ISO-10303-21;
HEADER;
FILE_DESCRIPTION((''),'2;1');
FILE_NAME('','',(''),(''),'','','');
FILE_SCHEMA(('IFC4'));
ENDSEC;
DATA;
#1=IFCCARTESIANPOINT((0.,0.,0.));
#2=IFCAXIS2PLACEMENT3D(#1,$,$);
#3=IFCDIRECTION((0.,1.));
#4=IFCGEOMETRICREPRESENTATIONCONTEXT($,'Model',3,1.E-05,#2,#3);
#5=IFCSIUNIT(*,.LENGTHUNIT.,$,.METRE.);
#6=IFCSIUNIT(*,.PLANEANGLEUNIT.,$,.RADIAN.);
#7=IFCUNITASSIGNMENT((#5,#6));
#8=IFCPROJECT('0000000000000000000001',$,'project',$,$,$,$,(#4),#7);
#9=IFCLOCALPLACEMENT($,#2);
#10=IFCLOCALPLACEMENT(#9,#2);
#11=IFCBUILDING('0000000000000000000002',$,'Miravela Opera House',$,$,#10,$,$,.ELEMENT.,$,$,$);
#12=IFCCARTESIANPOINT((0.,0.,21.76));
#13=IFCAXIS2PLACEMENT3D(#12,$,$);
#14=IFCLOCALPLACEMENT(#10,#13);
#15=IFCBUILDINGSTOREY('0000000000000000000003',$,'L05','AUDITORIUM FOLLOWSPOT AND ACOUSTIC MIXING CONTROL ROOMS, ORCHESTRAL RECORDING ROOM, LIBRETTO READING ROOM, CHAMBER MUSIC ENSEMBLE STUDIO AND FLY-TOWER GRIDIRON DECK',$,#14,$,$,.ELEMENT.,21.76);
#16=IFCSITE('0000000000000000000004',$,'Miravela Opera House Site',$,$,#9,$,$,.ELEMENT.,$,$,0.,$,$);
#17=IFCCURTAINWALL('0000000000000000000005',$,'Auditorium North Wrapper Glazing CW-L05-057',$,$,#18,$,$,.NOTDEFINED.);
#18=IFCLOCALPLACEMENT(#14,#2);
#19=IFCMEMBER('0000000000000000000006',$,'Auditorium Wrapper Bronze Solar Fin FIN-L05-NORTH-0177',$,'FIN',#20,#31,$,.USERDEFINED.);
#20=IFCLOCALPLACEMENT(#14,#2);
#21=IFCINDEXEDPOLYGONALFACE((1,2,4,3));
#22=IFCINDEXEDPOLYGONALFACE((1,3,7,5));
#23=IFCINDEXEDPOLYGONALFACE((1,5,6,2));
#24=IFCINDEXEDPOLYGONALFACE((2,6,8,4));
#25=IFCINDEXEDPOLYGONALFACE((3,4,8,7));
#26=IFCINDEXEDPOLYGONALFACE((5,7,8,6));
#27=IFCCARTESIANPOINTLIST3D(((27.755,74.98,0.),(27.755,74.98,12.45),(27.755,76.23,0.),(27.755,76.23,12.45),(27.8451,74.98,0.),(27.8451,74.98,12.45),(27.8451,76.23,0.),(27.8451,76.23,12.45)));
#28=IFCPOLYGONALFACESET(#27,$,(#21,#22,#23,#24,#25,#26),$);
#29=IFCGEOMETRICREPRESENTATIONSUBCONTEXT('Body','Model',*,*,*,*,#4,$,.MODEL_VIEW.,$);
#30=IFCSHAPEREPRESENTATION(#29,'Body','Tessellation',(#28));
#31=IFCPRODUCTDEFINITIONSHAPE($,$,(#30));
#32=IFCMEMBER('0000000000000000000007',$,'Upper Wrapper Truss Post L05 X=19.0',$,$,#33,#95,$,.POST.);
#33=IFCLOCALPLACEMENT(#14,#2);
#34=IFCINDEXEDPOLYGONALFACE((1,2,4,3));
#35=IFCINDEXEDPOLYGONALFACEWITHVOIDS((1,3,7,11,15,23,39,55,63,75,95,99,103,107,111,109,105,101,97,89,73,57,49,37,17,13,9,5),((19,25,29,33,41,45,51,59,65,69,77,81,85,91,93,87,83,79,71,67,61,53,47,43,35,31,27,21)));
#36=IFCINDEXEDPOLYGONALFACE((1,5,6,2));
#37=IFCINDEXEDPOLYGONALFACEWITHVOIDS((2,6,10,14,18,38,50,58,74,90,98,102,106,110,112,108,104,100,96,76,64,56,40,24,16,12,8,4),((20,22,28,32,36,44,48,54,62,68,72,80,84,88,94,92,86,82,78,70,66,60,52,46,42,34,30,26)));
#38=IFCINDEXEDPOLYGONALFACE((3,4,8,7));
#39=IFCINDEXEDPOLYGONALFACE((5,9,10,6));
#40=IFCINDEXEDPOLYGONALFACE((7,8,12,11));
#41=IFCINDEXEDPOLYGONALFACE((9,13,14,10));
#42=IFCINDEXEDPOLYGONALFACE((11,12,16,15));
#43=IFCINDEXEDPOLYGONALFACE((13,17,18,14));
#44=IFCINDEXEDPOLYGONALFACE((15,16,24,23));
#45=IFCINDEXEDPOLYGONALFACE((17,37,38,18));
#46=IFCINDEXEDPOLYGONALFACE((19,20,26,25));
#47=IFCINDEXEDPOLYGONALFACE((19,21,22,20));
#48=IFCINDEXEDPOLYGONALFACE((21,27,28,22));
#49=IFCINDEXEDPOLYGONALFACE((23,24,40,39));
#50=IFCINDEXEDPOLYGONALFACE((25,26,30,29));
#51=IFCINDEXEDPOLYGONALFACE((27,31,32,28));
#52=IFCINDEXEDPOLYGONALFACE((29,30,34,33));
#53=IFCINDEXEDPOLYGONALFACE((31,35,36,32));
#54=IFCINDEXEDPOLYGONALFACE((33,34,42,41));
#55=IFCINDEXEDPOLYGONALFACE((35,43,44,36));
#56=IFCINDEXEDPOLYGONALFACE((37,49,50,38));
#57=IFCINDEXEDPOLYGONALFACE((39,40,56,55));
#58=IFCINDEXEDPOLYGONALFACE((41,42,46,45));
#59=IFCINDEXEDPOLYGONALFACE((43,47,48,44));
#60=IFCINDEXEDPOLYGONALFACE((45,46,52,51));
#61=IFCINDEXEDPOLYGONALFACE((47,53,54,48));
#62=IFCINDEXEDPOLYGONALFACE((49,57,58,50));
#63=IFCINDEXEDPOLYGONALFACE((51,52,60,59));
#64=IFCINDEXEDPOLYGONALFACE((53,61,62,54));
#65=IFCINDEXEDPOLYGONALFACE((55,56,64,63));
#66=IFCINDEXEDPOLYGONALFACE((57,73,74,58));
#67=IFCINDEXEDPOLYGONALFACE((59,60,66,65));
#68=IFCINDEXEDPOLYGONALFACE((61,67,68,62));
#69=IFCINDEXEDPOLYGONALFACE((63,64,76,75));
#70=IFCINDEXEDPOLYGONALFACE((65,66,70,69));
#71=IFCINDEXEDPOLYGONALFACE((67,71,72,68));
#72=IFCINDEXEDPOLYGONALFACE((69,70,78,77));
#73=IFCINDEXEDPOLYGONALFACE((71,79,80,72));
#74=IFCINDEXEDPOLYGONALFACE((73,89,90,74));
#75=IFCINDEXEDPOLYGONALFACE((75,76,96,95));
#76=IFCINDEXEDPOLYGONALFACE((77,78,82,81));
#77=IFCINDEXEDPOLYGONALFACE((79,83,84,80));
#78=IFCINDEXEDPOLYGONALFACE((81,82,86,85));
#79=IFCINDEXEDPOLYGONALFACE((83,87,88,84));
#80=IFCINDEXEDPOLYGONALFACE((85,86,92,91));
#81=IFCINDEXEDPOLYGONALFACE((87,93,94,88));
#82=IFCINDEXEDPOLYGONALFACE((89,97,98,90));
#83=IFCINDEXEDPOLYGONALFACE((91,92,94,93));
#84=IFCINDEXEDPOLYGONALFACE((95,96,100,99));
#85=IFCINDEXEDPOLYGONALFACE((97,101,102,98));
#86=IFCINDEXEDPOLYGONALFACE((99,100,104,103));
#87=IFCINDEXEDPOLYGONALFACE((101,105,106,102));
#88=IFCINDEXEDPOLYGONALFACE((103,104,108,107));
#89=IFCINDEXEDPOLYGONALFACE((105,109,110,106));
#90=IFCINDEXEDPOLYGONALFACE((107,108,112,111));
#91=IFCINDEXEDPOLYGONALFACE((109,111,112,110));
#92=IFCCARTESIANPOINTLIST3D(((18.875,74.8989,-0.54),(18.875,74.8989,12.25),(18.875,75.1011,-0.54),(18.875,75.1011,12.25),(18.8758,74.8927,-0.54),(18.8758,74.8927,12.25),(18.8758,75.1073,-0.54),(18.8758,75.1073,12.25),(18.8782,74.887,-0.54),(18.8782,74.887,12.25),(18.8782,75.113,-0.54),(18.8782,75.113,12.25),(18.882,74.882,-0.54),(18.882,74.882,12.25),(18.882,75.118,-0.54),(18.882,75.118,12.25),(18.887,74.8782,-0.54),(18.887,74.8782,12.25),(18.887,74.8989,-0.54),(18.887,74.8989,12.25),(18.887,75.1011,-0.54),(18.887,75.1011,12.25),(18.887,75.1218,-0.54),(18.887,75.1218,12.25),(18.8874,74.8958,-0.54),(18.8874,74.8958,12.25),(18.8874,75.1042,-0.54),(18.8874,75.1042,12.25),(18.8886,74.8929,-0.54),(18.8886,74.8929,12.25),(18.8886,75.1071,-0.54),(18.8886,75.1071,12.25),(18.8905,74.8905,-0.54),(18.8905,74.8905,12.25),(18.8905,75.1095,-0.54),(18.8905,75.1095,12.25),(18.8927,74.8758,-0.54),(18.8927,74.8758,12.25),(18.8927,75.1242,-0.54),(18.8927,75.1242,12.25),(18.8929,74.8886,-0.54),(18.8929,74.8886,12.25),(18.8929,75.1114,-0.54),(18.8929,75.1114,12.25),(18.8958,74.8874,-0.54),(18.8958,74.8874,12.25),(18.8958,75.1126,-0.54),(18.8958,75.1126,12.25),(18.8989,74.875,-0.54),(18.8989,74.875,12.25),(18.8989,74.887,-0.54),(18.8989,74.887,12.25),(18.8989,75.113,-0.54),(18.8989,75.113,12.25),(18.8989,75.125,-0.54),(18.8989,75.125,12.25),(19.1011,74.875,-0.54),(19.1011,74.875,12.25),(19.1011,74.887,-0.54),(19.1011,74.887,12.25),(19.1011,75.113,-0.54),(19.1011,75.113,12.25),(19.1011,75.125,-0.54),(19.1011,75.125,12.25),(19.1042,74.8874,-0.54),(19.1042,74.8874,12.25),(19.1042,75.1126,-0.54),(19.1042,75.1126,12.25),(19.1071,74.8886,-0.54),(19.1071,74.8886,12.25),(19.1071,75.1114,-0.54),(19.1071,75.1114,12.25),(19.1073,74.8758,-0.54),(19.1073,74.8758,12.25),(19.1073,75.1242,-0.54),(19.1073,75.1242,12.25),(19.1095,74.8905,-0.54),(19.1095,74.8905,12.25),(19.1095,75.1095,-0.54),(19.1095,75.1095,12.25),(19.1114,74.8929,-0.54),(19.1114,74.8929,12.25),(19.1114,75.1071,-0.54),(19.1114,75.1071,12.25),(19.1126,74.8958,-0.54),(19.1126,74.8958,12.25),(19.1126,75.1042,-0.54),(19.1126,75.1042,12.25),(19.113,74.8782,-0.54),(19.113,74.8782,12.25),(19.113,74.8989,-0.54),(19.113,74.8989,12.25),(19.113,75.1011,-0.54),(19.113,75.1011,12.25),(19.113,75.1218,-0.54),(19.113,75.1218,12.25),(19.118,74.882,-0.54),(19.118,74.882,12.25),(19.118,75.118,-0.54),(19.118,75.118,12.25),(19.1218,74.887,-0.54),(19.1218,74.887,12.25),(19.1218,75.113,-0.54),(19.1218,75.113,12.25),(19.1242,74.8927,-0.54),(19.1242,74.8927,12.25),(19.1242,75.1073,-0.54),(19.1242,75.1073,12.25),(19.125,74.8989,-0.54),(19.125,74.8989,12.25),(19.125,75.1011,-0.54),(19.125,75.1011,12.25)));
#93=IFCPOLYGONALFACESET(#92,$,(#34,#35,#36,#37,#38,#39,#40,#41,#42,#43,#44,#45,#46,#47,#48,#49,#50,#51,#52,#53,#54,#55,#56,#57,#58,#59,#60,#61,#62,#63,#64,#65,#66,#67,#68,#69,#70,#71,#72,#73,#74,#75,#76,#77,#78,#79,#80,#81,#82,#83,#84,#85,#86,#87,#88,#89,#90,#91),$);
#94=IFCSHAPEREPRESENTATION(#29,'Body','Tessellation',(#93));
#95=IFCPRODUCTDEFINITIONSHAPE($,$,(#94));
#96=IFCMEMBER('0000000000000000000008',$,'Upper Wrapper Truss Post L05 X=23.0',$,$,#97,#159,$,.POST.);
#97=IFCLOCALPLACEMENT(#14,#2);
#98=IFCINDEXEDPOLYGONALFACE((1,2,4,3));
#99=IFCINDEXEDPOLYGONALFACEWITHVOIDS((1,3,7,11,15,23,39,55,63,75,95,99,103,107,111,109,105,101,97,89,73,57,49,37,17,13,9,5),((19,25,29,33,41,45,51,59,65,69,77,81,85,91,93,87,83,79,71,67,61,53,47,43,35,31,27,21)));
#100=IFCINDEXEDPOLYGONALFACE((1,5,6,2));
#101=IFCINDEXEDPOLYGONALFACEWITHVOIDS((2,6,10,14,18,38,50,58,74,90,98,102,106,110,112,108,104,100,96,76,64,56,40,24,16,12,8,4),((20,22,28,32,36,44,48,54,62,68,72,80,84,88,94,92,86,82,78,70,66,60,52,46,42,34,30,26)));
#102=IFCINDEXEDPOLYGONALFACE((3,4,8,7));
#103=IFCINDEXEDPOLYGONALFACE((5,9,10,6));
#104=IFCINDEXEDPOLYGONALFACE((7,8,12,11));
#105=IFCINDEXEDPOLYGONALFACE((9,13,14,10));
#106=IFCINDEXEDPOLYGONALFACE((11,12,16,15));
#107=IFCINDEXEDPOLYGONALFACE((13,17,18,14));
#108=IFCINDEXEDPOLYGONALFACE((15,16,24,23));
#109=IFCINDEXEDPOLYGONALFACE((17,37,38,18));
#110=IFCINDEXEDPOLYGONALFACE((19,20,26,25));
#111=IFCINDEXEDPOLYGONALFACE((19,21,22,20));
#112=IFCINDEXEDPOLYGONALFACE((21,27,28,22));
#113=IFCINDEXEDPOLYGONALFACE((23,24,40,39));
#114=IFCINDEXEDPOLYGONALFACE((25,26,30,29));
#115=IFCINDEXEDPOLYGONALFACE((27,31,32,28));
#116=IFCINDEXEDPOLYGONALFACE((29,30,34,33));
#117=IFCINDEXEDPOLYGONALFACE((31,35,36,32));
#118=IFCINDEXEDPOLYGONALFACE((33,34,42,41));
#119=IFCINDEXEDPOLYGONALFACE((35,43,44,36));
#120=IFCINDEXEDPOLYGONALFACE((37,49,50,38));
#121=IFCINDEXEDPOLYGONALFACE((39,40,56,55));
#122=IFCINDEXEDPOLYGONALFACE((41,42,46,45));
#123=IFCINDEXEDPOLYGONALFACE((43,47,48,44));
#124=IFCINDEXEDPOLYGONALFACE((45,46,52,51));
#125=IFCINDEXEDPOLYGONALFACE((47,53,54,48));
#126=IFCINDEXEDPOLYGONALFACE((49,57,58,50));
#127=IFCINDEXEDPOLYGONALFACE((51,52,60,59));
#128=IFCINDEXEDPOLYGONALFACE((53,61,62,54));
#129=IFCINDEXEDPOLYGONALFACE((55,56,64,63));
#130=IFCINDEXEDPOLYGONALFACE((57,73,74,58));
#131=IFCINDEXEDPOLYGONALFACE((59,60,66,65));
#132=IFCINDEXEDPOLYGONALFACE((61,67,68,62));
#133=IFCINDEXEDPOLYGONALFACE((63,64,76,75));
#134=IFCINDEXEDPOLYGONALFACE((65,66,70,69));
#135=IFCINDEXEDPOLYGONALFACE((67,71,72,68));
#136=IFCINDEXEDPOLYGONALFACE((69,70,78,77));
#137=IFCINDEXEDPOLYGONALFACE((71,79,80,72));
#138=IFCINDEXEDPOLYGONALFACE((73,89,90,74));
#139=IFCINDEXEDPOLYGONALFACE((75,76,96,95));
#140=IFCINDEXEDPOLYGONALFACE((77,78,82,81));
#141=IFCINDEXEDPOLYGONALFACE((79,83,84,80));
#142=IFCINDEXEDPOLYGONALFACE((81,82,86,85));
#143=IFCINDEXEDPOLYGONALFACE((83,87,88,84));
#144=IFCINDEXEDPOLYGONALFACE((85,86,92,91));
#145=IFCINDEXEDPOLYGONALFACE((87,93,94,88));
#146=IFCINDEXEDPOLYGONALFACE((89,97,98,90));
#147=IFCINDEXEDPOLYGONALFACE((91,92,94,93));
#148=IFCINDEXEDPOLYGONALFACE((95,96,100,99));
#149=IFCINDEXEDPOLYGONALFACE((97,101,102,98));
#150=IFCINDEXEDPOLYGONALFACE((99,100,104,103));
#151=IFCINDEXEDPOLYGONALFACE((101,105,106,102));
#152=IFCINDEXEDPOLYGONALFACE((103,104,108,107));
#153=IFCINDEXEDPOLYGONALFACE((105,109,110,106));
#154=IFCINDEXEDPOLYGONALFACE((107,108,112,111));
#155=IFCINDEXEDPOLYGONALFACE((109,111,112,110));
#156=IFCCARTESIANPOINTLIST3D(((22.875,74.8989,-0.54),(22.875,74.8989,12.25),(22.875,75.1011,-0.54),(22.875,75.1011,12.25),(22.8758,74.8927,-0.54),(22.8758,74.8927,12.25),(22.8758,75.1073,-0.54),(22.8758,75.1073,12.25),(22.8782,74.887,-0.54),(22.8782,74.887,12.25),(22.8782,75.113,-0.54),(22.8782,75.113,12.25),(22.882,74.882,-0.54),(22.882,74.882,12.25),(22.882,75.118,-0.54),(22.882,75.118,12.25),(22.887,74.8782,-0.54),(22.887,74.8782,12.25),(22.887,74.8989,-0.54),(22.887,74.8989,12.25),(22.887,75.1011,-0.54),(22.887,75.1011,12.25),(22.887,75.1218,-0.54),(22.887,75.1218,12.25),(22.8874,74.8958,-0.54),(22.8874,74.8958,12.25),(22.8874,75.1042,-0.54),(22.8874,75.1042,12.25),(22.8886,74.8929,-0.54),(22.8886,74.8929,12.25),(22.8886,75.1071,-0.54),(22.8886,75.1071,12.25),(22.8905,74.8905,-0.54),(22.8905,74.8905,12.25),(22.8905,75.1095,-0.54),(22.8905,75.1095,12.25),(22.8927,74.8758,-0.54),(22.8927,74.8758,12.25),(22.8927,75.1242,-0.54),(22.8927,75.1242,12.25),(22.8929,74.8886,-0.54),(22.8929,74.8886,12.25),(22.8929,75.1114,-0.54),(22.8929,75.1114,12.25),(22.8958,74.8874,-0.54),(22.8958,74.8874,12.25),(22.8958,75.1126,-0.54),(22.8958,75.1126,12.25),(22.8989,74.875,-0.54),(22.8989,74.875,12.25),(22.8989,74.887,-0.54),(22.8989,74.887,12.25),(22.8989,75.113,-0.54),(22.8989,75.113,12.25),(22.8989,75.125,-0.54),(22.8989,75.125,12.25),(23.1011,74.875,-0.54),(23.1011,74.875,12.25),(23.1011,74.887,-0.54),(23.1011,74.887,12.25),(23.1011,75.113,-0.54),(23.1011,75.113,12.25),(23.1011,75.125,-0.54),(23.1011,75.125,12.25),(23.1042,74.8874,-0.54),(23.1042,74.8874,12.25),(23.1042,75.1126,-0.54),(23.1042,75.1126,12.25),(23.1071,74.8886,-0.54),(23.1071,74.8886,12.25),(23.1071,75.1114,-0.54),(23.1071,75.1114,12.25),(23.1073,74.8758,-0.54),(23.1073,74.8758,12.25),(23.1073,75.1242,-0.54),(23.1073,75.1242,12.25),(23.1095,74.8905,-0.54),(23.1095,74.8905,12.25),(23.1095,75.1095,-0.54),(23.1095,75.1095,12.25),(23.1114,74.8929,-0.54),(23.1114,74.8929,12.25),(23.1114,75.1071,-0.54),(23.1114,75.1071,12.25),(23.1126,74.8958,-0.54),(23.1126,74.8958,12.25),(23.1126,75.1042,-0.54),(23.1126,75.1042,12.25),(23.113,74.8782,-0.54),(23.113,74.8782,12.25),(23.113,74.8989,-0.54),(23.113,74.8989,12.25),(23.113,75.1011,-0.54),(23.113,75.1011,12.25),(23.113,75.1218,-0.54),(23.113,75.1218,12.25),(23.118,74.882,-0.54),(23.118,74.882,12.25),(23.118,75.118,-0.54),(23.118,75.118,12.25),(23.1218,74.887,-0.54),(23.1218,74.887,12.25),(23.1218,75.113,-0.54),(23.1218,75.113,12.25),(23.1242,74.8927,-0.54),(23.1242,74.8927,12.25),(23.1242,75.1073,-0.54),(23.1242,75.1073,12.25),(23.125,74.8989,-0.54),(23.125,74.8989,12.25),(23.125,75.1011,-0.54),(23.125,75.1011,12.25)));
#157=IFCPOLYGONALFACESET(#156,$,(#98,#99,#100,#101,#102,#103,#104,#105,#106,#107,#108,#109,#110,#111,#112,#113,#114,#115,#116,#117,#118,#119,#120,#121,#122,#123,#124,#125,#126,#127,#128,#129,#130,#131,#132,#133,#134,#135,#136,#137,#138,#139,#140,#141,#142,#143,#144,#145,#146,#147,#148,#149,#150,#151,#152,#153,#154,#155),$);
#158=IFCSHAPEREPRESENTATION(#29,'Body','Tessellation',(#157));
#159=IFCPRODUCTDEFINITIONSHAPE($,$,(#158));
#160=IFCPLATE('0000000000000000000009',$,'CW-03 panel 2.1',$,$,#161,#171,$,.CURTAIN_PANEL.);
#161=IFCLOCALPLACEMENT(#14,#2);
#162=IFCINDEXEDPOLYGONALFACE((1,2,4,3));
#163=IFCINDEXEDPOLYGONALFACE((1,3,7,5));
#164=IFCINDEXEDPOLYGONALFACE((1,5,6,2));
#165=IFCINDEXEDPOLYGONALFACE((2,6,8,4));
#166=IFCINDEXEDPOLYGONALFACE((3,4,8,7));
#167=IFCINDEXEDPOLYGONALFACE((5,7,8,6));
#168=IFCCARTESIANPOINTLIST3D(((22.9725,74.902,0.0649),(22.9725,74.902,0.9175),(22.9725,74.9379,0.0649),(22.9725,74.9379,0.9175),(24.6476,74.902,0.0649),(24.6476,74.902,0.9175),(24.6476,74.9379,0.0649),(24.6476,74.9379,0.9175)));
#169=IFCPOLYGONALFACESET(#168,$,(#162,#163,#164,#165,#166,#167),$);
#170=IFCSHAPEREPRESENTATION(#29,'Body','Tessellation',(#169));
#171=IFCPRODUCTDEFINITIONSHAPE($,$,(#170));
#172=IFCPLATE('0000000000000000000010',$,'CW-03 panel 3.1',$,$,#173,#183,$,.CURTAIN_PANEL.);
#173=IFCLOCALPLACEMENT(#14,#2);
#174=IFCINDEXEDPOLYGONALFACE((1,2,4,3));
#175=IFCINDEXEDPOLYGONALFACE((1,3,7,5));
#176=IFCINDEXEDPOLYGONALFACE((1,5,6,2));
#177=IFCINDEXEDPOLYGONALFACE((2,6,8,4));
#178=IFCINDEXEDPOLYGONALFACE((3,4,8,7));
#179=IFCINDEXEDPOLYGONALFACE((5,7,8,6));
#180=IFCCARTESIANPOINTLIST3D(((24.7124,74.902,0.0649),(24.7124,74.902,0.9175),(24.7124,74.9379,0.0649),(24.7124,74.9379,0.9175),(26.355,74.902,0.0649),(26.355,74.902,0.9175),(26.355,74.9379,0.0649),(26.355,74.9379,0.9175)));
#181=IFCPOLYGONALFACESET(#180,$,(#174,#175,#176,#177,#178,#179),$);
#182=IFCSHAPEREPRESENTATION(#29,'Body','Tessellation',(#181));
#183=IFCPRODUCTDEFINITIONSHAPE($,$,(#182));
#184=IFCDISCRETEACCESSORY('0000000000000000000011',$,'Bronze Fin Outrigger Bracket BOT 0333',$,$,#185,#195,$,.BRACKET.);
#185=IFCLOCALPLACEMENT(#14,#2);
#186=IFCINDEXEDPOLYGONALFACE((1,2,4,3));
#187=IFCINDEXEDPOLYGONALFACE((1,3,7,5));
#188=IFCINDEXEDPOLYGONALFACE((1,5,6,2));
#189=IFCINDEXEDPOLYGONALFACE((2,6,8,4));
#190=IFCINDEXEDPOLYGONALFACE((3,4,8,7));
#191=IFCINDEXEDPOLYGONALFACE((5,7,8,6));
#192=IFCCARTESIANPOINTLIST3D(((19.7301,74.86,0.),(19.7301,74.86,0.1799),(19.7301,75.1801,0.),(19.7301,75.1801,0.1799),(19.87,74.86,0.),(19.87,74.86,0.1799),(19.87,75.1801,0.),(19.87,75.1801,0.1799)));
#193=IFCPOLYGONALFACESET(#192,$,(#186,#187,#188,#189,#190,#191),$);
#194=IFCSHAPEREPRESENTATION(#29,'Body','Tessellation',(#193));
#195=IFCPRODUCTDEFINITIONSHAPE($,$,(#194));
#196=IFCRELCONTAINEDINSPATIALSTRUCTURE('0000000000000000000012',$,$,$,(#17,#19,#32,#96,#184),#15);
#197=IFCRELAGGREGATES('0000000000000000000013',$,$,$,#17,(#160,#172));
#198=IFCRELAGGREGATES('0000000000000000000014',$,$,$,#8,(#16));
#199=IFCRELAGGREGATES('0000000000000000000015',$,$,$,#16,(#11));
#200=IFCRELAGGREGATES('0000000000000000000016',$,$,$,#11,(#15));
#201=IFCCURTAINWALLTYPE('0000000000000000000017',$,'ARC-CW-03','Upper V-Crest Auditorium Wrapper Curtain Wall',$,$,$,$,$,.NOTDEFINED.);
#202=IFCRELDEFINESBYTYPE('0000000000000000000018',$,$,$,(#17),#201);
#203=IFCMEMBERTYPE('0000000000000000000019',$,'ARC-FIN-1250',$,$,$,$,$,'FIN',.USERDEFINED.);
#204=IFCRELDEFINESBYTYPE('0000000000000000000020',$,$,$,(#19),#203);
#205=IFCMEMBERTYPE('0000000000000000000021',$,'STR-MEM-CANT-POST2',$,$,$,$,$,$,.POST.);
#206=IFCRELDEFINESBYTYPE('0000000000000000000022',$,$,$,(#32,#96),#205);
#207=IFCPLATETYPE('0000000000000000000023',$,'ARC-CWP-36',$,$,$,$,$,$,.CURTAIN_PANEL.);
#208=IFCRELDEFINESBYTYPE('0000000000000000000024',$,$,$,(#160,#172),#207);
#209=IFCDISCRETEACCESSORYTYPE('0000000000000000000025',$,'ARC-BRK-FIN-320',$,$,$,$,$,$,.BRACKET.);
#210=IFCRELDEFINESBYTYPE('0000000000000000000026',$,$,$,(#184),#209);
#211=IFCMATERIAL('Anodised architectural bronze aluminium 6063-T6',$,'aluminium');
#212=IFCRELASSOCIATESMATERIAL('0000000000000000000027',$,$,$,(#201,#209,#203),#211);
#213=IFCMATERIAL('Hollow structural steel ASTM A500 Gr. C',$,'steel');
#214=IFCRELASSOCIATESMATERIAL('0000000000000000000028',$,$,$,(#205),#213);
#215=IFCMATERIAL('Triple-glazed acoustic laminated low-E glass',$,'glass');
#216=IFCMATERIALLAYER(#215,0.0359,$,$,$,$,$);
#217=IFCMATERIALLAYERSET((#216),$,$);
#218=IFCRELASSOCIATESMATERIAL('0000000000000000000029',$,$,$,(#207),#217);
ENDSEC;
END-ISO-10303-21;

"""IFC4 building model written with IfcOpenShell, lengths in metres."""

from ifc_helpers import new_model, si_unit, direction, frame, origin, origin_2d, place, context, subcontext, project, spatial, rectangle, hollow_rectangle, extrude, material, layer, layer_set, material_profile, profile_set, type_object, element, aggregate, save


model = new_model("IFC4")

# Units and contexts
model_context = context("Model", 3, precision=1e-05, world=origin(), true_north=direction((0.0, 1.0)))
body_context = subcontext(model_context, "Body", "Model", "MODEL_VIEW")
ifc_project = project(units=[si_unit("LENGTHUNIT", "METRE"), si_unit("PLANEANGLEUNIT", "RADIAN")], contexts=[model_context])

# Site, building, storey
site_placement = place(None, origin())
site = spatial("IfcSite", under=ifc_project, at=site_placement, Name="Miravela Opera House Site", CompositionType="ELEMENT", RefElevation=0.0)
building_placement = place(site_placement, origin())
building = spatial("IfcBuilding", under=site, at=building_placement, Name="Miravela Opera House", CompositionType="ELEMENT")
storey_placement = place(building_placement, frame((0.0, 0.0, 21.76)))
storey = spatial("IfcBuildingStorey", under=building, at=storey_placement, Name="L05", Description="AUDITORIUM FOLLOWSPOT AND ACOUSTIC MIXING CONTROL ROOMS, ORCHESTRAL RECORDING ROOM, LIBRETTO READING ROOM, CHAMBER MUSIC ENSEMBLE STUDIO AND FLY-TOWER GRIDIRON DECK", CompositionType="ELEMENT", Elevation=21.76)

# Curtain wall
ifc_material_1 = material(Name="Anodised architectural bronze aluminium 6063-T6", Category="aluminium")
curtain_wall_type = type_object("IfcCurtainWallType", Name="ARC-CW-03", Description="Upper V-Crest Auditorium Wrapper Curtain Wall", PredefinedType="NOTDEFINED", material=ifc_material_1)
curtain_wall_1_placement = place(storey_placement, origin())
curtain_wall_1 = element("IfcCurtainWall", 1, at=curtain_wall_1_placement, inside=storey, type_object=curtain_wall_type, Name="Auditorium North Wrapper Glazing CW-L05-057", PredefinedType="NOTDEFINED")

# Members
ifc_material_profile_1 = material_profile(ifc_material_1, rectangle(XDim=0.0901, YDim=1.25, at=origin_2d()), Name="FIN-1250X90")
ifc_profile_set_1 = profile_set([ifc_material_profile_1])
member_type_1 = type_object("IfcMemberType", Name="ARC-FIN-1250", ElementType="FIN", PredefinedType="USERDEFINED", material=ifc_profile_set_1)
for number, where, z_axis, x_axis, name in (
    (2, (27.8, 75.605, 0.0), (0.0, 0.0, 1.0), (1.0, 0.0, 0.0), "Auditorium Wrapper Bronze Solar Fin FIN-L05-NORTH-0177"),
):
    element("IfcMember", number, at=place(storey_placement, frame(where, z_axis=z_axis, x_axis=x_axis)), inside=storey, type_object=member_type_1, Name=name, ObjectType="FIN", PredefinedType="USERDEFINED", context=body_context, shape_type="SweptSolid", body=[
        extrude(rectangle(XDim=0.0901, YDim=1.25, at=origin_2d()), origin(), (0.0, 0.0, 1.0), 12.45),
    ])
ifc_material_2 = material(Name="Hollow structural steel ASTM A500 Gr. C", Category="steel")
ifc_material_profile_2 = material_profile(ifc_material_2, hollow_rectangle(XDim=0.25, YDim=0.25, WallThickness=0.012, InnerFilletRadius=0.012, OuterFilletRadius=0.0239, at=origin_2d()), Name="HSS250X250X12")
ifc_profile_set_2 = profile_set([ifc_material_profile_2])
member_type_2 = type_object("IfcMemberType", Name="STR-MEM-CANT-POST2", PredefinedType="POST", material=ifc_profile_set_2)
for number, where, z_axis, x_axis, name in (
    (3, (19.0, 75.0, -0.54), (0.0, 0.0, 1.0), (1.0, 0.0, 0.0), "Upper Wrapper Truss Post L05 X=19.0"),
    (4, (23.0, 75.0, -0.54), (0.0, 0.0, 1.0), (1.0, 0.0, 0.0), "Upper Wrapper Truss Post L05 X=23.0"),
):
    element("IfcMember", number, at=place(storey_placement, frame(where, z_axis=z_axis, x_axis=x_axis)), inside=storey, type_object=member_type_2, Name=name, PredefinedType="POST", context=body_context, shape_type="SweptSolid", body=[
        extrude(hollow_rectangle(XDim=0.25, YDim=0.25, WallThickness=0.012, InnerFilletRadius=0.012, OuterFilletRadius=0.0239, at=origin_2d()), origin(), (0.0, 0.0, 1.0), 12.79),
    ])

# Plates
ifc_material_3 = material(Name="Triple-glazed acoustic laminated low-E glass", Category="glass")
ifc_layer = layer(ifc_material_3, 0.0359)
ifc_layer_set = layer_set([ifc_layer])
plate_type = type_object("IfcPlateType", Name="ARC-CWP-36", PredefinedType="CURTAIN_PANEL", material=ifc_layer_set)
plate_1_placement = place(storey_placement, frame((23.8101, 74.9199, 0.0649), z_axis=(0.0, 0.0, 1.0), x_axis=(1.0, 0.0, 0.0)))
plate_1 = element("IfcPlate", 5, at=plate_1_placement, type_object=plate_type, Name="CW-03 panel 2.1", PredefinedType="CURTAIN_PANEL", context=body_context, shape_type="SweptSolid", body=[
    extrude(rectangle(XDim=1.675, YDim=0.0359, at=origin_2d()), origin(), (0.0, 0.0, 1.0), 0.8525),
])
plate_2_placement = place(storey_placement, frame((25.5337, 74.9199, 0.0649), z_axis=(0.0, 0.0, 1.0), x_axis=(1.0, 0.0, 0.0)))
plate_2 = element("IfcPlate", 6, at=plate_2_placement, type_object=plate_type, Name="CW-03 panel 3.1", PredefinedType="CURTAIN_PANEL", context=body_context, shape_type="SweptSolid", body=[
    extrude(rectangle(XDim=1.6426, YDim=0.0359, at=origin_2d()), origin(), (0.0, 0.0, 1.0), 0.8525),
])
aggregate(curtain_wall_1, [plate_1, plate_2])

# Discrete accessory
discrete_accessory_type = type_object("IfcDiscreteAccessoryType", Name="ARC-BRK-FIN-320", PredefinedType="BRACKET", material=ifc_material_1)
for number, where, z_axis, x_axis, name in (
    (7, (19.8, 75.02, 0.0), (0.0, 0.0, 1.0), (0.0, 1.0, 0.0), "Bronze Fin Outrigger Bracket BOT 0333"),
):
    element("IfcDiscreteAccessory", number, at=place(storey_placement, frame(where, z_axis=z_axis, x_axis=x_axis)), inside=storey, type_object=discrete_accessory_type, Name=name, PredefinedType="BRACKET", context=body_context, shape_type="SweptSolid", body=[
        extrude(rectangle(XDim=0.3201, YDim=0.1399, at=origin_2d()), origin(), (0.0, 0.0, 1.0), 0.1799),
    ])

save(model, "model.ifc")
